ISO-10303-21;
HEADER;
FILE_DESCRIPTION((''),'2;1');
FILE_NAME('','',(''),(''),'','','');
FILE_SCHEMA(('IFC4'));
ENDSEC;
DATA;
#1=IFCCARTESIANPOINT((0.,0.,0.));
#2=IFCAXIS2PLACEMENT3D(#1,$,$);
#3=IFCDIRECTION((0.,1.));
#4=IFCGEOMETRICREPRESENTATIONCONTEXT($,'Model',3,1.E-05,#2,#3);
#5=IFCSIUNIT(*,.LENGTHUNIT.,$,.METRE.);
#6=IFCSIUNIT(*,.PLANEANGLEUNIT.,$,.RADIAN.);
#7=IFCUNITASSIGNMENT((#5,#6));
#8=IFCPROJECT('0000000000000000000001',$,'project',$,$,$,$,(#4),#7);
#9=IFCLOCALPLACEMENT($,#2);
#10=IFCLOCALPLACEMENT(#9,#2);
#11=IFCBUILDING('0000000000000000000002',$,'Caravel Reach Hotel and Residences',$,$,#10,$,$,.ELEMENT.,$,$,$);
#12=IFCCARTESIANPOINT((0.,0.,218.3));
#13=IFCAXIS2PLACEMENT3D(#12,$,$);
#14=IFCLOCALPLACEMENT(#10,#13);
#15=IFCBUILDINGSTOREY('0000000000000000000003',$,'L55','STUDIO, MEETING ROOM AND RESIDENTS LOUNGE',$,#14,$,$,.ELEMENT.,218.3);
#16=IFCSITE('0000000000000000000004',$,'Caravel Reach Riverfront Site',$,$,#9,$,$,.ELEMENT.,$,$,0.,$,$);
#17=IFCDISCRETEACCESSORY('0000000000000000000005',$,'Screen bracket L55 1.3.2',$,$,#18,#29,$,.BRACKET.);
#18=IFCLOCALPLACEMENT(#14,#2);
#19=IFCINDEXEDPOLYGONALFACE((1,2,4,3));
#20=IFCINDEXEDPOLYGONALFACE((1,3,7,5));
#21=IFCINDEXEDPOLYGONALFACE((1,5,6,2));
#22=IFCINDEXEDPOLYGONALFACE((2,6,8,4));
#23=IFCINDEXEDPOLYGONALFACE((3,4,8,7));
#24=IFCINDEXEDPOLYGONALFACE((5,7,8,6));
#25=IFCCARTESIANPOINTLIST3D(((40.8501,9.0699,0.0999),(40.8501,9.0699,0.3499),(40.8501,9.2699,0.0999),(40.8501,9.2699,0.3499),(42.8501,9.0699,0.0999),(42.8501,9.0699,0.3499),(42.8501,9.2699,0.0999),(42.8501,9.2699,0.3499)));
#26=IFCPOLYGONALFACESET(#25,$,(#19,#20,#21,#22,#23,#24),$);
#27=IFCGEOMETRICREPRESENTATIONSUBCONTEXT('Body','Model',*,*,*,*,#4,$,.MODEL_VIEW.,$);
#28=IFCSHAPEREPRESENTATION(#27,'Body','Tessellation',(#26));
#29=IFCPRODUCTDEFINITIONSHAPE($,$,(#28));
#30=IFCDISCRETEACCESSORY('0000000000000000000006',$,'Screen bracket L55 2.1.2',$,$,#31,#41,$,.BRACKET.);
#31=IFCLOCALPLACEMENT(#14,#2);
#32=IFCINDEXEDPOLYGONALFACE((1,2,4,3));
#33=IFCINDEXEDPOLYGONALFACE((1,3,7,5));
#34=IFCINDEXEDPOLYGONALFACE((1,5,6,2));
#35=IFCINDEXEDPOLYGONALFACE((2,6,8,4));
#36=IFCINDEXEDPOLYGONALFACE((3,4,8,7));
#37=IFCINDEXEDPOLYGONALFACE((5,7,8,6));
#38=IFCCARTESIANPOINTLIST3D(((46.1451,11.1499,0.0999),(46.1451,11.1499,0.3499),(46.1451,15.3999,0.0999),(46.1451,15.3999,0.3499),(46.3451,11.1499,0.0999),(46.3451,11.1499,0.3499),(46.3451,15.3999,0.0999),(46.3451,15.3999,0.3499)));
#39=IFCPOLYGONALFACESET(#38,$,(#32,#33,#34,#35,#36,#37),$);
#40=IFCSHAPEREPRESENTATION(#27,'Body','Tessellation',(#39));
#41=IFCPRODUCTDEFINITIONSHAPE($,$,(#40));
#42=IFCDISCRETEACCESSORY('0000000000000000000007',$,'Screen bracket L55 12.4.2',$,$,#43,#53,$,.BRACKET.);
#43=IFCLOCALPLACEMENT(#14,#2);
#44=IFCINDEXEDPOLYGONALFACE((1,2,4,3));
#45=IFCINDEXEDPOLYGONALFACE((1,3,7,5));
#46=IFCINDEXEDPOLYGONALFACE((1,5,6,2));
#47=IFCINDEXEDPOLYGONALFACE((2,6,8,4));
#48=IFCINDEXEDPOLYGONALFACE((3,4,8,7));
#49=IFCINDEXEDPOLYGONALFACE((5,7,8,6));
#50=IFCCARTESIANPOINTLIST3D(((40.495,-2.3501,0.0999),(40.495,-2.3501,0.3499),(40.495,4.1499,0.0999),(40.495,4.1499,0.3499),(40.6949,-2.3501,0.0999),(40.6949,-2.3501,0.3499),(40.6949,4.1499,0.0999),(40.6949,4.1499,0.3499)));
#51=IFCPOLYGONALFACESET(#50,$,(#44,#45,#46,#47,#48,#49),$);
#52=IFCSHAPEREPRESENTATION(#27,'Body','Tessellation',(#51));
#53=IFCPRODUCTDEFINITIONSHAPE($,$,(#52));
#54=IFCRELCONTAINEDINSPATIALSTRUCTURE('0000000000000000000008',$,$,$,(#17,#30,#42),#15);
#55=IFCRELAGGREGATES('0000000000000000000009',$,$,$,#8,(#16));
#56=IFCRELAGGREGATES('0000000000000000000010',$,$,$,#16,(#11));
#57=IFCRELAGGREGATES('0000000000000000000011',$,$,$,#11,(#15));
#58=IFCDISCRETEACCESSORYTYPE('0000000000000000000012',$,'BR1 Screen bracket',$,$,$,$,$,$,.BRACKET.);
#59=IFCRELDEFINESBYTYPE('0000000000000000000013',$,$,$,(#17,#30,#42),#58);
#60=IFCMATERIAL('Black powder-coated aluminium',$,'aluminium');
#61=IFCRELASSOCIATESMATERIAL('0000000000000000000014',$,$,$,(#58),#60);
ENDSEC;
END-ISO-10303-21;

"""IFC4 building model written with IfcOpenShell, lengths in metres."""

from ifc_helpers import new_model, si_unit, direction, frame, origin, origin_2d, place, context, subcontext, project, spatial, rectangle, extrude, material, type_object, element, save


model = new_model("IFC4")

# Units and contexts
model_context = context("Model", 3, precision=1e-05, world=origin(), true_north=direction((0.0, 1.0)))
body_context = subcontext(model_context, "Body", "Model", "MODEL_VIEW")
ifc_project = project(units=[si_unit("LENGTHUNIT", "METRE"), si_unit("PLANEANGLEUNIT", "RADIAN")], contexts=[model_context])

# Site, building, storey
site_placement = place(None, origin())
site = spatial("IfcSite", under=ifc_project, at=site_placement, Name="Caravel Reach Riverfront Site", CompositionType="ELEMENT", RefElevation=0.0)
building_placement = place(site_placement, origin())
building = spatial("IfcBuilding", under=site, at=building_placement, Name="Caravel Reach Hotel and Residences", CompositionType="ELEMENT")
storey_placement = place(building_placement, frame((0.0, 0.0, 218.3)))
storey = spatial("IfcBuildingStorey", under=building, at=storey_placement, Name="L55", Description="STUDIO, MEETING ROOM AND RESIDENTS LOUNGE", CompositionType="ELEMENT", Elevation=218.3)

# Discrete accessories
ifc_material_1 = material(Name="Black powder-coated aluminium", Category="aluminium")
discrete_accessory_type = type_object("IfcDiscreteAccessoryType", Name="BR1 Screen bracket", PredefinedType="BRACKET", material=ifc_material_1)
for number, where, z_axis, x_axis, name in (
    (1, (41.8501, 9.1699, 0.0999), (0.0, 0.0, 1.0), (1.0, 0.0, 0.0), "Screen bracket L55 1.3.2"),
):
    element("IfcDiscreteAccessory", number, at=place(storey_placement, frame(where, z_axis=z_axis, x_axis=x_axis)), inside=storey, type_object=discrete_accessory_type, Name=name, PredefinedType="BRACKET", context=body_context, shape_type="SweptSolid", body=[
        extrude(rectangle(XDim=2.0, YDim=0.2, at=origin_2d()), origin(), (0.0, 0.0, 1.0), 0.25),
    ])
discrete_accessory_1_placement = place(storey_placement, frame((46.2451, 13.2749, 0.0999), z_axis=(0.0, 0.0, 1.0), x_axis=(0.0, -1.0, 0.0)))
element("IfcDiscreteAccessory", 2, at=discrete_accessory_1_placement, inside=storey, type_object=discrete_accessory_type, Name="Screen bracket L55 2.1.2", PredefinedType="BRACKET", context=body_context, shape_type="SweptSolid", body=[
    extrude(rectangle(XDim=4.25, YDim=0.2, at=origin_2d()), origin(), (0.0, 0.0, 1.0), 0.25),
])
discrete_accessory_2_placement = place(storey_placement, frame((40.595, 0.8999, 0.0999), z_axis=(0.0, 0.0, 1.0), x_axis=(0.0, -1.0, 0.0)))
element("IfcDiscreteAccessory", 3, at=discrete_accessory_2_placement, inside=storey, type_object=discrete_accessory_type, Name="Screen bracket L55 12.4.2", PredefinedType="BRACKET", context=body_context, shape_type="SweptSolid", body=[
    extrude(rectangle(XDim=6.5, YDim=0.2, at=origin_2d()), origin(), (0.0, 0.0, 1.0), 0.25),
])

save(model, "model.ifc")
